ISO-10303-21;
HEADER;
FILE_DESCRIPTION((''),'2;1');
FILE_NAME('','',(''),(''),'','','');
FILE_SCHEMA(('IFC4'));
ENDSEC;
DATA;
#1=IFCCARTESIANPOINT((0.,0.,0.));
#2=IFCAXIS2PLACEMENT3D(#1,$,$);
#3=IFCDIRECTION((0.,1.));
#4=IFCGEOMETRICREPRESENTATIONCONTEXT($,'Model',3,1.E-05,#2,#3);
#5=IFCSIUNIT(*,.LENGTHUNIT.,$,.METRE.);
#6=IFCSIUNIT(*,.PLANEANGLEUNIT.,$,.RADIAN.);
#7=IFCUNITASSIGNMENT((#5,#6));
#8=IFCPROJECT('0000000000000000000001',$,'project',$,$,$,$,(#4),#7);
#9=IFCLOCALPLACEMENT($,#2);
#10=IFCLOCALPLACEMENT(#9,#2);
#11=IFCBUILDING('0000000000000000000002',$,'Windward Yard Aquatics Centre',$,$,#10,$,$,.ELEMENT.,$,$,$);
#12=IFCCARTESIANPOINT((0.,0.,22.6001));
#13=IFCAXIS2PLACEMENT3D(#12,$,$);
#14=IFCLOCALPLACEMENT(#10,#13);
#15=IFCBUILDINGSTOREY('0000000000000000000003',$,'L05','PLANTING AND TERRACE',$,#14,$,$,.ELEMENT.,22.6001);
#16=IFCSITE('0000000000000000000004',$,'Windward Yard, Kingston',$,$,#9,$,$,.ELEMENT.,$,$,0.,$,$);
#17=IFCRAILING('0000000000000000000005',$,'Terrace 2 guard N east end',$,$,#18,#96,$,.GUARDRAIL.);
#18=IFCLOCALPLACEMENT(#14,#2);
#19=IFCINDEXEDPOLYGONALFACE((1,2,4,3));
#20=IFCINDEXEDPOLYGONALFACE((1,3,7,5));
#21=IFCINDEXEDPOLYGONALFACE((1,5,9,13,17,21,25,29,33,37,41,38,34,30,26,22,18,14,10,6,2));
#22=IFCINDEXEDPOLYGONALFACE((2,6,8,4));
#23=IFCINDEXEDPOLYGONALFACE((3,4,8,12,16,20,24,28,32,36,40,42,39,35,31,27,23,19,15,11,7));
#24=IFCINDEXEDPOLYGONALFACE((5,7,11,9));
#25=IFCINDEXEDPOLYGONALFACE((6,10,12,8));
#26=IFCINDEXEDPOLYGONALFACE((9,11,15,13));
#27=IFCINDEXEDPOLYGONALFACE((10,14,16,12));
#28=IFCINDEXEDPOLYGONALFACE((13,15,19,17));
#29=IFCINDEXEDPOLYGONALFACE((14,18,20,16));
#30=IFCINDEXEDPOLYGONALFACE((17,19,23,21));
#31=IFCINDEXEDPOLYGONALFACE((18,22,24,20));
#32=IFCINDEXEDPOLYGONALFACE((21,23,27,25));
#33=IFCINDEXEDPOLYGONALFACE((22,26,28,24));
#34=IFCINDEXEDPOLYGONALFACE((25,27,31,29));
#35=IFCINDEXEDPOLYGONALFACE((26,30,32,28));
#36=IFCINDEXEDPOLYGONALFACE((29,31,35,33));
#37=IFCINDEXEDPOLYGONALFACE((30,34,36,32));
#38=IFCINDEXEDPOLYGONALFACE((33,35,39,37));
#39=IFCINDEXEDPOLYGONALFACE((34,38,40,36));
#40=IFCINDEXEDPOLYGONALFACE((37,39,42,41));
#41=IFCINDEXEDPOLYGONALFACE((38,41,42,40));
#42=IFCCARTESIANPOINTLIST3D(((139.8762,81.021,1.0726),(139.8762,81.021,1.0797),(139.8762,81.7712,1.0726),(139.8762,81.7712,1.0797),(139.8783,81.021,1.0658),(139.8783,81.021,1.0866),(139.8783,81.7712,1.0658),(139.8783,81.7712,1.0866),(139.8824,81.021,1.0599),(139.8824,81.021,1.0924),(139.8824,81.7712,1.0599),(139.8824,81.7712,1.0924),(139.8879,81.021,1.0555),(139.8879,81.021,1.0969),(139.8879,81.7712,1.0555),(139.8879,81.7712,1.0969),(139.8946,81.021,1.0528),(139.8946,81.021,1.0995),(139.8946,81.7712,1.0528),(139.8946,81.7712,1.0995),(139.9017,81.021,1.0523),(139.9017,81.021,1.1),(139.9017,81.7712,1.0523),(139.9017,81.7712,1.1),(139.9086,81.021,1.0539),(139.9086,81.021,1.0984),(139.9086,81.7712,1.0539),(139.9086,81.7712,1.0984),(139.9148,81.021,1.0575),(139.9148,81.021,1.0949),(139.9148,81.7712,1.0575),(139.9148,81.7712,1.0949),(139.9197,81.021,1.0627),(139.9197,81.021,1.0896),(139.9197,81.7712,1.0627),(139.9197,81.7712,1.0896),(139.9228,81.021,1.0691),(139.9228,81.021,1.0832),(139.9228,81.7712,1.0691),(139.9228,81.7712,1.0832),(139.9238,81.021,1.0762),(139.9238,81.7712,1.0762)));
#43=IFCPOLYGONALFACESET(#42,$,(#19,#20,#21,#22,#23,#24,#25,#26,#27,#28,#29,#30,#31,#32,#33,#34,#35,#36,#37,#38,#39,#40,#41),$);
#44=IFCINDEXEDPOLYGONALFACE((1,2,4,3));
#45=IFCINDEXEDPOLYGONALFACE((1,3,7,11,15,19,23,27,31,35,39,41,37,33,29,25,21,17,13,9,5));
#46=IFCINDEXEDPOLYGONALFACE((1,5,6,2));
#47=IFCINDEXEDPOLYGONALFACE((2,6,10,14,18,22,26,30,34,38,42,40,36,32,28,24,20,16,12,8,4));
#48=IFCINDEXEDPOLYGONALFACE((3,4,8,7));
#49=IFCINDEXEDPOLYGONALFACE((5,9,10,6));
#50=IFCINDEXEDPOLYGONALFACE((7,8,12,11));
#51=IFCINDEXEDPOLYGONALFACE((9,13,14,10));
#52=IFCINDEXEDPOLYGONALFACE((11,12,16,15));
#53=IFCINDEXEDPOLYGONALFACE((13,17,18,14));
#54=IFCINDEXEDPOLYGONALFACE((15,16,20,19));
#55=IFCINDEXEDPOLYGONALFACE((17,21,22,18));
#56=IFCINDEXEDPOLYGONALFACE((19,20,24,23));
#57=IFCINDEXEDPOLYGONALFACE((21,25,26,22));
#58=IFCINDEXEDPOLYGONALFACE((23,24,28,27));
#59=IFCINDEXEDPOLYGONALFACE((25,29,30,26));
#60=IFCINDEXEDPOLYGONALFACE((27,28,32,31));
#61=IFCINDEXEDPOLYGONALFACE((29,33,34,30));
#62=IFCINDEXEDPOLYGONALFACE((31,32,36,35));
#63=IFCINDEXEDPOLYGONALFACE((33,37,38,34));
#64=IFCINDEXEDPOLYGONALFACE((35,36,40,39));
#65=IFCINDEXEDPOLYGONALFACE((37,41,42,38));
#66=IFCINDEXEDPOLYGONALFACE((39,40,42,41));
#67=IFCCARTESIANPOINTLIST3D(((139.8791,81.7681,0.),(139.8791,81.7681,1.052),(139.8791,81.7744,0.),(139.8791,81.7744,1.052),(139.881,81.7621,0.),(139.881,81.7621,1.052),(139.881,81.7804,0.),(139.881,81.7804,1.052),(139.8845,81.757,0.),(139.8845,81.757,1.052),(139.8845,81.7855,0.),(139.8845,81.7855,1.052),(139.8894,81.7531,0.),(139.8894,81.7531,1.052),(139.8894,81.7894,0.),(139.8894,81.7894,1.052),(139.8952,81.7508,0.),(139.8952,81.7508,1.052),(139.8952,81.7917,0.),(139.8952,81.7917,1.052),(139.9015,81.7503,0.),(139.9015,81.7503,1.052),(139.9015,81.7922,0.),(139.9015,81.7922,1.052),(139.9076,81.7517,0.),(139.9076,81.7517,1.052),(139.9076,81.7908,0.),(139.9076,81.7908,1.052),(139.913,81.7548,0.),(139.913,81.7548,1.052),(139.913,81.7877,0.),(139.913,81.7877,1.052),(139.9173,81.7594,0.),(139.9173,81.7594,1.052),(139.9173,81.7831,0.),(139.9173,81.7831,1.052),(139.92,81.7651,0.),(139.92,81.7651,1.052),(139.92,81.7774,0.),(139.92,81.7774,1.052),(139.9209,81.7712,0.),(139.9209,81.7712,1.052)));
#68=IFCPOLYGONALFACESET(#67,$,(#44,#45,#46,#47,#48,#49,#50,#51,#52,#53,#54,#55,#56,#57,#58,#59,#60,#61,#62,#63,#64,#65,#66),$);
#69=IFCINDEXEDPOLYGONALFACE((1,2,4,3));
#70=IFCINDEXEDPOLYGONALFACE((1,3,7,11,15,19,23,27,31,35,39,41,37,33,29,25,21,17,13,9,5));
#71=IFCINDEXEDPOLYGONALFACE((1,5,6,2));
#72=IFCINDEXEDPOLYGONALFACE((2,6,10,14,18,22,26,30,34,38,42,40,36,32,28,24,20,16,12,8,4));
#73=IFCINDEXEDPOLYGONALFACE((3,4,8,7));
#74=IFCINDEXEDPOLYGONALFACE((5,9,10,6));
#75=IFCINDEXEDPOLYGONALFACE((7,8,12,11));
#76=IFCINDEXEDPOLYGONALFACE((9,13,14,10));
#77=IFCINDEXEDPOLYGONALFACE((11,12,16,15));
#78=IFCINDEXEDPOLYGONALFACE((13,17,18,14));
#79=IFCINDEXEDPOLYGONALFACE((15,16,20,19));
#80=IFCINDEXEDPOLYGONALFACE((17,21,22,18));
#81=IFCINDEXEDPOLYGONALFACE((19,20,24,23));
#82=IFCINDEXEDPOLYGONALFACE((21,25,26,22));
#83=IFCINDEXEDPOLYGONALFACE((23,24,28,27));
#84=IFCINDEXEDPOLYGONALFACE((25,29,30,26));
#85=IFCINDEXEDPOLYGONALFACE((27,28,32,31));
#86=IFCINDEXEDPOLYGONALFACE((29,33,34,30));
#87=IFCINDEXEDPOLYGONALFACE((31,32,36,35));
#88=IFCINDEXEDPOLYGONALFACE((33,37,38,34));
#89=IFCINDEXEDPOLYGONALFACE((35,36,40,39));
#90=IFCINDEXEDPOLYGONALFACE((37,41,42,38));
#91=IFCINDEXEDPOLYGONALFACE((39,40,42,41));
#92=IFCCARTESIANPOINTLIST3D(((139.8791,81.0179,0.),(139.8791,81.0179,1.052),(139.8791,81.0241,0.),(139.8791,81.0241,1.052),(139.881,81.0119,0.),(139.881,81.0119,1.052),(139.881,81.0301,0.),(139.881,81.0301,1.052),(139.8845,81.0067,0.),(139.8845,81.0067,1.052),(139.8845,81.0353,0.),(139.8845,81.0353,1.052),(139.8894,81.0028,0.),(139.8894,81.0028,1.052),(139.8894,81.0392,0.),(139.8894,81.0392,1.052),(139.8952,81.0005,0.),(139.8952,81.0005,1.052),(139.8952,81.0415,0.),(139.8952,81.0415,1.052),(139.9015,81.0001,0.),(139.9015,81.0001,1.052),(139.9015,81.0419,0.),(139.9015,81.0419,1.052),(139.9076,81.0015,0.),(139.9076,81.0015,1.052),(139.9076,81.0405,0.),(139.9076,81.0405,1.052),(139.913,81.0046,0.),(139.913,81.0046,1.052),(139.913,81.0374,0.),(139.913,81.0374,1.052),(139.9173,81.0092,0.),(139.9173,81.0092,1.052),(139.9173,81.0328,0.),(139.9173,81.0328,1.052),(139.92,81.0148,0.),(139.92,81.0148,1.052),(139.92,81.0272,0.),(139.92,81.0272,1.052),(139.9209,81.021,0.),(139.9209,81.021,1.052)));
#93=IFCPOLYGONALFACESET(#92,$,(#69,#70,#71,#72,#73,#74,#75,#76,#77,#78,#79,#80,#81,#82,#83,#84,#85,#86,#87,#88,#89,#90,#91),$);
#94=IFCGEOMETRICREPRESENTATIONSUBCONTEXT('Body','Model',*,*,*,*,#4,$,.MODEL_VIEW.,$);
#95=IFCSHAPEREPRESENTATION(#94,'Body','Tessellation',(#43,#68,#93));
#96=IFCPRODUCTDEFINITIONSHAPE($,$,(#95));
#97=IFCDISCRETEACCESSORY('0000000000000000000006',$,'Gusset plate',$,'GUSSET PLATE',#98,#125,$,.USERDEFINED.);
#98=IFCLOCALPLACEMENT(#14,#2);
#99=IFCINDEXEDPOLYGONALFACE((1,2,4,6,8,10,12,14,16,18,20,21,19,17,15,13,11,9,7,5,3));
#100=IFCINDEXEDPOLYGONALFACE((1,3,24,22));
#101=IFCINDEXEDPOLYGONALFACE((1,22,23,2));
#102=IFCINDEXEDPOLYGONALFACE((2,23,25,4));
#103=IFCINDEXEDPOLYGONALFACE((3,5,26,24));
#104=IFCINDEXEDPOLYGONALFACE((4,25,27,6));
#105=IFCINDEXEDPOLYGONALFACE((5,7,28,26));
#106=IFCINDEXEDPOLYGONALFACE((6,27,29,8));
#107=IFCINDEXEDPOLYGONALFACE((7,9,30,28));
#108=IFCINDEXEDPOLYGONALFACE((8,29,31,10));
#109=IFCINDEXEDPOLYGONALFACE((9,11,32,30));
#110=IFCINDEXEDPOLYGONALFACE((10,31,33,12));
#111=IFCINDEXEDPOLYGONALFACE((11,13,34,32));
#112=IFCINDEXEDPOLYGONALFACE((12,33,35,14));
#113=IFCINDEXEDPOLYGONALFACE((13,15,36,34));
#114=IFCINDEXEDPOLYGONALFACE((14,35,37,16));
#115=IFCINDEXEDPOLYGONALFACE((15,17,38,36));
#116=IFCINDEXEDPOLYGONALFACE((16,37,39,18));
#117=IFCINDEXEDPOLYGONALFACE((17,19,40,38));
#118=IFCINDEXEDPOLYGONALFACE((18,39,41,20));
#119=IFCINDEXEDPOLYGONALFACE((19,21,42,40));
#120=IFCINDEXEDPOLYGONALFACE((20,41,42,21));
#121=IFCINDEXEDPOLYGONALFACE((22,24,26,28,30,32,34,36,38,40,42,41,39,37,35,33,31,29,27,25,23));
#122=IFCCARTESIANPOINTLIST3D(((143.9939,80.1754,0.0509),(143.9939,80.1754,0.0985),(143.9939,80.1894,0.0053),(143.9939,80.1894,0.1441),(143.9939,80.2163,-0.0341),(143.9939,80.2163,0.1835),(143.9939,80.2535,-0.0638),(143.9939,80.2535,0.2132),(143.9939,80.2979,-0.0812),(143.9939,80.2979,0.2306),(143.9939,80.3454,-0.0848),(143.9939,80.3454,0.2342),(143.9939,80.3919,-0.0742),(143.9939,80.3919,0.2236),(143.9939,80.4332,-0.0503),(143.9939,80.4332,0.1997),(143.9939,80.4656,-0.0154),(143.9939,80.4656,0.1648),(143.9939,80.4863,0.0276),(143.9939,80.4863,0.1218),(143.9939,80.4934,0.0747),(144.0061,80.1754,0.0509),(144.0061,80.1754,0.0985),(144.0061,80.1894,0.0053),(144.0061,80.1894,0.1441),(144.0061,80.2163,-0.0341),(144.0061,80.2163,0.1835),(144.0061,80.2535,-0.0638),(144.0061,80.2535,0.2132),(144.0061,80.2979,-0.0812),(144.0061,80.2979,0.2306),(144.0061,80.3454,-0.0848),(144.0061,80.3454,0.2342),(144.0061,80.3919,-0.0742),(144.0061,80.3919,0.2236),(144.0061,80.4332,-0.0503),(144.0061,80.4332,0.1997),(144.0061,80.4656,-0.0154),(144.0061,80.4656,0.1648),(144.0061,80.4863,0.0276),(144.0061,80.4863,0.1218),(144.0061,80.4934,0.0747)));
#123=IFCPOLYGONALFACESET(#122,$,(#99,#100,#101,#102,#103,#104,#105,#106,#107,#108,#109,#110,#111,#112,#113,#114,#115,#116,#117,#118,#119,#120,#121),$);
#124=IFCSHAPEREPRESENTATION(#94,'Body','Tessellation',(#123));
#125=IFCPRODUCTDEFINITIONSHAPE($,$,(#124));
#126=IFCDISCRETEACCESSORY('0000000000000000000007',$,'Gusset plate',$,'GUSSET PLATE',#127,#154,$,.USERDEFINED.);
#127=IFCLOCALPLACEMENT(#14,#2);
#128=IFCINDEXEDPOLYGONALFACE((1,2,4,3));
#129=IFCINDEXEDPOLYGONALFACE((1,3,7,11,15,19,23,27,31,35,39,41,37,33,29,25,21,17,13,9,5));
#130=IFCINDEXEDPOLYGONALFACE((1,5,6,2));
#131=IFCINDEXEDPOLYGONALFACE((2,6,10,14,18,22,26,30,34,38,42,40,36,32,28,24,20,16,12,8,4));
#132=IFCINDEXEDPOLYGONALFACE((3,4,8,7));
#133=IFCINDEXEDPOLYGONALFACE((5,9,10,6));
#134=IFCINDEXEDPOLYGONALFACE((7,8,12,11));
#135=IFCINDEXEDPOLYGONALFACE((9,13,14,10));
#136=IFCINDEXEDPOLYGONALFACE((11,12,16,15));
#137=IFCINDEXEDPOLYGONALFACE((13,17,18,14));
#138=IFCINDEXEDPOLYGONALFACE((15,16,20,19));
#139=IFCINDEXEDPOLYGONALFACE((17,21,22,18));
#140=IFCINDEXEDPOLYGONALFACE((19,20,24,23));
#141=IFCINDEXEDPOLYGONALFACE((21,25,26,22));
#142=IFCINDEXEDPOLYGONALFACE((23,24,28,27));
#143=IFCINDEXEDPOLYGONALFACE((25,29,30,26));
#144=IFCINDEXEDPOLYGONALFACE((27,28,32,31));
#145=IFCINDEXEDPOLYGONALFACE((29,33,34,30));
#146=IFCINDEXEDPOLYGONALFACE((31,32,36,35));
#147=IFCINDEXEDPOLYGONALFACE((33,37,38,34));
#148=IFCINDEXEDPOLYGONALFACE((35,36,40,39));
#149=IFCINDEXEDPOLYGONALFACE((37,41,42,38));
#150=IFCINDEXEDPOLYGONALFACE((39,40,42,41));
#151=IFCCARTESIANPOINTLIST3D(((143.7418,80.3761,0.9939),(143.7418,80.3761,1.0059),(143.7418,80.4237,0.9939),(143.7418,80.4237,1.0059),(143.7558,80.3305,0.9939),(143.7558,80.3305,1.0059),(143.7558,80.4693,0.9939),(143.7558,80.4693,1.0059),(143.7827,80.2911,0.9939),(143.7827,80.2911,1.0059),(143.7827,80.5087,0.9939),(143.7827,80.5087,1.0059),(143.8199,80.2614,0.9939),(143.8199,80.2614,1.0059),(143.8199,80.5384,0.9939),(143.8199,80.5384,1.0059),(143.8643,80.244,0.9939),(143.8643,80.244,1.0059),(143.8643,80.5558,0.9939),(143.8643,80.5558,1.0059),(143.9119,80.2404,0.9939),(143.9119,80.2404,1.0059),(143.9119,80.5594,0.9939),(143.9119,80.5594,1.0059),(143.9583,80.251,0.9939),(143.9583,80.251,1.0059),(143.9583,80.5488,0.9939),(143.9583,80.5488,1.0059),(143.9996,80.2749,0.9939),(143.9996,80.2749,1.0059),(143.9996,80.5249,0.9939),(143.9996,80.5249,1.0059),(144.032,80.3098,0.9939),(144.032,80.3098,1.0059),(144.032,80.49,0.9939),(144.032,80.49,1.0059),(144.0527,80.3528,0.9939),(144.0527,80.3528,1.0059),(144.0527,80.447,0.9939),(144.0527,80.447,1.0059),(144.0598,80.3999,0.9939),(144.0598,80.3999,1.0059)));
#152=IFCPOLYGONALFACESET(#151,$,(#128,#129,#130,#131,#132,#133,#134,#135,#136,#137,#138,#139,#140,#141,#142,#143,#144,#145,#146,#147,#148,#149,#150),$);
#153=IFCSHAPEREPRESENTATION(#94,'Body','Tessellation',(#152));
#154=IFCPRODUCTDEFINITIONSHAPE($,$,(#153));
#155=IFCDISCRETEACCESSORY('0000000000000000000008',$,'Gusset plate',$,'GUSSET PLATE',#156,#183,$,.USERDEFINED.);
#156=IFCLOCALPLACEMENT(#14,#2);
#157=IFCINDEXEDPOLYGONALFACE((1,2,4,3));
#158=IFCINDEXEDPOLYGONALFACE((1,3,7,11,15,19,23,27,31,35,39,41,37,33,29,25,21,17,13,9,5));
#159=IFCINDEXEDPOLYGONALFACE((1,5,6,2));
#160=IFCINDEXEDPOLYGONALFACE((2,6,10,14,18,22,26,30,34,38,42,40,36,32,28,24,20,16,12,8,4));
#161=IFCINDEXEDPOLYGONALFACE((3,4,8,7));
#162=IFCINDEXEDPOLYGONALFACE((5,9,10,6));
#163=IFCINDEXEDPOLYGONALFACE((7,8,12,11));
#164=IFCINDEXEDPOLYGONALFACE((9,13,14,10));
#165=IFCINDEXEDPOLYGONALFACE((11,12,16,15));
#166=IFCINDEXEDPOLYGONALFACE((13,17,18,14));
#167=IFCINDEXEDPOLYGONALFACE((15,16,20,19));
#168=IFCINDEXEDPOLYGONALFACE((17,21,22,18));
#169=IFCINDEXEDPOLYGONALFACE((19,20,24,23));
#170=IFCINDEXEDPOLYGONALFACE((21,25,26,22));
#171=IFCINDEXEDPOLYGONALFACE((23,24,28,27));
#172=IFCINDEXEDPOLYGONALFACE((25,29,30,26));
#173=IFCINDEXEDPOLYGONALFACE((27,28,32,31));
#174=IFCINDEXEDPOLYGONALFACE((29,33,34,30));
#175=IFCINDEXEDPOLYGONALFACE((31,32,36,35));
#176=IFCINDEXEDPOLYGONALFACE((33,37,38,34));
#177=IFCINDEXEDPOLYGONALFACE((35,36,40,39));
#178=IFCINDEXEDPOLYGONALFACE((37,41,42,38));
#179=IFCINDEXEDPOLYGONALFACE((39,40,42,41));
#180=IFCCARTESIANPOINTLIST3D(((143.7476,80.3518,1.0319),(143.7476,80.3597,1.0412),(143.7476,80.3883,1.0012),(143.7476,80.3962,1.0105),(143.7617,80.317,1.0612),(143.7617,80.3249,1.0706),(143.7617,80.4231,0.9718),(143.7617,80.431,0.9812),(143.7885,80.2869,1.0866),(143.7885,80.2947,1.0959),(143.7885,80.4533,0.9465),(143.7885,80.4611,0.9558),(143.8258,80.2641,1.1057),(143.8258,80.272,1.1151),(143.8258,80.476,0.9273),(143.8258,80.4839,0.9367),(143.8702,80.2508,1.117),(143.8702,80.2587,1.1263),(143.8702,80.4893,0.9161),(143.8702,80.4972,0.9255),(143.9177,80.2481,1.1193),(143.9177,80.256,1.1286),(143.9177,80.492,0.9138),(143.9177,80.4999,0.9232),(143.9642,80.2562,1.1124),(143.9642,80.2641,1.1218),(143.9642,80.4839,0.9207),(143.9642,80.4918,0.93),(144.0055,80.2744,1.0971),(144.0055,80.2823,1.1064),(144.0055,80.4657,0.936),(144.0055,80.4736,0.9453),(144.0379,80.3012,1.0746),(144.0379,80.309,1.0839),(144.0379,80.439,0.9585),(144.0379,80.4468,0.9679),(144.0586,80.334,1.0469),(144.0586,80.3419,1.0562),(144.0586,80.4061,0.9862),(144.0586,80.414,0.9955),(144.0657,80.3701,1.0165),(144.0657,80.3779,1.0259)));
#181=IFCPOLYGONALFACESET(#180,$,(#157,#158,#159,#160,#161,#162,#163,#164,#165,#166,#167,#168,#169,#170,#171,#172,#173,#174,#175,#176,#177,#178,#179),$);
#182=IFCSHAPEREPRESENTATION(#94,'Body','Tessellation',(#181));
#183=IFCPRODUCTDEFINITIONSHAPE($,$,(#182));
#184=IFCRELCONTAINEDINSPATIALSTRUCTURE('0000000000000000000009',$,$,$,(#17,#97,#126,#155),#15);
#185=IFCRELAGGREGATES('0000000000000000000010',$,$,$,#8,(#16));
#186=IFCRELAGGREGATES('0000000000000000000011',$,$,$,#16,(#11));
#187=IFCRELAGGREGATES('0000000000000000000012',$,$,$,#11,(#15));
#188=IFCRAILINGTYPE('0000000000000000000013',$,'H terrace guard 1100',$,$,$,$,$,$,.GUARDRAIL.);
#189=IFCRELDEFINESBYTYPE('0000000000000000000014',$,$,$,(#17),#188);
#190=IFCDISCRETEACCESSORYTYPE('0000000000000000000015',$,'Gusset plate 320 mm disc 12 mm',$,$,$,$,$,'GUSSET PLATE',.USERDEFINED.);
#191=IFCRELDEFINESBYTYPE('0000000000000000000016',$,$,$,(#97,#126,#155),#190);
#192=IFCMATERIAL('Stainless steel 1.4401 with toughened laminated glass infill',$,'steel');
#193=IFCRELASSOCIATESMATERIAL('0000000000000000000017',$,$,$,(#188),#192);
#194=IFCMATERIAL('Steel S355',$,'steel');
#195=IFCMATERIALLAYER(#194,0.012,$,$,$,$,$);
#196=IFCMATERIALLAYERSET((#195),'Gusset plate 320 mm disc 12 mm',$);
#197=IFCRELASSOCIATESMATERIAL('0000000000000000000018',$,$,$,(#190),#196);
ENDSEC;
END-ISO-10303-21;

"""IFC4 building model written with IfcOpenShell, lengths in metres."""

from ifc_helpers import new_model, si_unit, direction, frame, origin, origin_2d, place, context, subcontext, project, spatial, circle, extrude, material, layer, layer_set, type_object, element, save


model = new_model("IFC4")

# Units and contexts
model_context = context("Model", 3, precision=1e-05, world=origin(), true_north=direction((0.0, 1.0)))
body_context = subcontext(model_context, "Body", "Model", "MODEL_VIEW")
ifc_project = project(units=[si_unit("LENGTHUNIT", "METRE"), si_unit("PLANEANGLEUNIT", "RADIAN")], contexts=[model_context])

# Site, building, storey
site_placement = place(None, origin())
site = spatial("IfcSite", under=ifc_project, at=site_placement, Name="Windward Yard, Kingston", CompositionType="ELEMENT", RefElevation=0.0)
building_placement = place(site_placement, origin())
building = spatial("IfcBuilding", under=site, at=building_placement, Name="Windward Yard Aquatics Centre", CompositionType="ELEMENT")
storey_placement = place(building_placement, frame((0.0, 0.0, 22.6001)))
storey = spatial("IfcBuildingStorey", under=building, at=storey_placement, Name="L05", Description="PLANTING AND TERRACE", CompositionType="ELEMENT", Elevation=22.6001)

# Railing
ifc_material_1 = material(Name="Stainless steel 1.4401 with toughened laminated glass infill", Category="steel")
railing_type = type_object("IfcRailingType", Name="H terrace guard 1100", PredefinedType="GUARDRAIL", material=ifc_material_1)
railing_placement = place(storey_placement, frame((139.8999, 81.7712, 0.0)))
element("IfcRailing", 1, at=railing_placement, inside=storey, type_object=railing_type, Name="Terrace 2 guard N east end", PredefinedType="GUARDRAIL", context=body_context, shape_type="SweptSolid", body=[
    extrude(circle(Radius=0.0239, at=origin_2d()), frame((0.0, 0.0, 1.0762), z_axis=(0.0, -1.0, 0.0), x_axis=(1.0, 0.0, 0.0)), (0.0, 0.0, 1.0), 0.7502),
    extrude(circle(Radius=0.021, at=origin_2d()), origin(), (0.0, 0.0, 1.0), 1.052),
    extrude(circle(Radius=0.021, at=origin_2d()), frame((0.0, -0.7502, 0.0)), (0.0, 0.0, 1.0), 1.052),
])

# Discrete accessories
ifc_material_2 = material(Name="Steel S355", Category="steel")
ifc_layer_1 = layer(ifc_material_2, 0.012)
ifc_layer_set_1 = layer_set([ifc_layer_1], Name="Gusset plate 320 mm disc 12 mm")
discrete_accessory_type = type_object("IfcDiscreteAccessoryType", Name="Gusset plate 320 mm disc 12 mm", ElementType="GUSSET PLATE", PredefinedType="USERDEFINED", material=ifc_layer_set_1)
discrete_accessory_1_placement = place(storey_placement, frame((143.9939, 80.3335, 0.0747), z_axis=(1.0, 0.0, 0.0), x_axis=(0.0, 1.0, 0.0)))
element("IfcDiscreteAccessory", 2, at=discrete_accessory_1_placement, inside=storey, type_object=discrete_accessory_type, Name="Gusset plate", ObjectType="GUSSET PLATE", PredefinedType="USERDEFINED", context=body_context, shape_type="SweptSolid", body=[
    extrude(circle(Radius=0.1599, at=origin_2d()), origin(), (0.0, 0.0, 1.0), 0.0122),
])
discrete_accessory_2_placement = place(storey_placement, frame((143.8999, 80.3999, 0.9939), z_axis=(0.0, 0.0, 1.0), x_axis=(1.0, 0.0, 0.0)))
element("IfcDiscreteAccessory", 3, at=discrete_accessory_2_placement, inside=storey, type_object=discrete_accessory_type, Name="Gusset plate", ObjectType="GUSSET PLATE", PredefinedType="USERDEFINED", context=body_context, shape_type="SweptSolid", body=[
    extrude(circle(Radius=0.1599, at=origin_2d()), origin(), (0.0, 0.0, 1.0), 0.012),
])
discrete_accessory_3_placement = place(storey_placement, frame((143.9058, 80.3779, 1.0259), z_axis=(0.0, -0.644136, -0.764911), x_axis=(1.0, 0.0, 0.0)))
element("IfcDiscreteAccessory", 4, at=discrete_accessory_3_placement, inside=storey, type_object=discrete_accessory_type, Name="Gusset plate", ObjectType="GUSSET PLATE", PredefinedType="USERDEFINED", context=body_context, shape_type="SweptSolid", body=[
    extrude(circle(Radius=0.1599, at=origin_2d()), origin(), (0.0, 0.0, 1.0), 0.0122),
])

save(model, "model.ifc")
